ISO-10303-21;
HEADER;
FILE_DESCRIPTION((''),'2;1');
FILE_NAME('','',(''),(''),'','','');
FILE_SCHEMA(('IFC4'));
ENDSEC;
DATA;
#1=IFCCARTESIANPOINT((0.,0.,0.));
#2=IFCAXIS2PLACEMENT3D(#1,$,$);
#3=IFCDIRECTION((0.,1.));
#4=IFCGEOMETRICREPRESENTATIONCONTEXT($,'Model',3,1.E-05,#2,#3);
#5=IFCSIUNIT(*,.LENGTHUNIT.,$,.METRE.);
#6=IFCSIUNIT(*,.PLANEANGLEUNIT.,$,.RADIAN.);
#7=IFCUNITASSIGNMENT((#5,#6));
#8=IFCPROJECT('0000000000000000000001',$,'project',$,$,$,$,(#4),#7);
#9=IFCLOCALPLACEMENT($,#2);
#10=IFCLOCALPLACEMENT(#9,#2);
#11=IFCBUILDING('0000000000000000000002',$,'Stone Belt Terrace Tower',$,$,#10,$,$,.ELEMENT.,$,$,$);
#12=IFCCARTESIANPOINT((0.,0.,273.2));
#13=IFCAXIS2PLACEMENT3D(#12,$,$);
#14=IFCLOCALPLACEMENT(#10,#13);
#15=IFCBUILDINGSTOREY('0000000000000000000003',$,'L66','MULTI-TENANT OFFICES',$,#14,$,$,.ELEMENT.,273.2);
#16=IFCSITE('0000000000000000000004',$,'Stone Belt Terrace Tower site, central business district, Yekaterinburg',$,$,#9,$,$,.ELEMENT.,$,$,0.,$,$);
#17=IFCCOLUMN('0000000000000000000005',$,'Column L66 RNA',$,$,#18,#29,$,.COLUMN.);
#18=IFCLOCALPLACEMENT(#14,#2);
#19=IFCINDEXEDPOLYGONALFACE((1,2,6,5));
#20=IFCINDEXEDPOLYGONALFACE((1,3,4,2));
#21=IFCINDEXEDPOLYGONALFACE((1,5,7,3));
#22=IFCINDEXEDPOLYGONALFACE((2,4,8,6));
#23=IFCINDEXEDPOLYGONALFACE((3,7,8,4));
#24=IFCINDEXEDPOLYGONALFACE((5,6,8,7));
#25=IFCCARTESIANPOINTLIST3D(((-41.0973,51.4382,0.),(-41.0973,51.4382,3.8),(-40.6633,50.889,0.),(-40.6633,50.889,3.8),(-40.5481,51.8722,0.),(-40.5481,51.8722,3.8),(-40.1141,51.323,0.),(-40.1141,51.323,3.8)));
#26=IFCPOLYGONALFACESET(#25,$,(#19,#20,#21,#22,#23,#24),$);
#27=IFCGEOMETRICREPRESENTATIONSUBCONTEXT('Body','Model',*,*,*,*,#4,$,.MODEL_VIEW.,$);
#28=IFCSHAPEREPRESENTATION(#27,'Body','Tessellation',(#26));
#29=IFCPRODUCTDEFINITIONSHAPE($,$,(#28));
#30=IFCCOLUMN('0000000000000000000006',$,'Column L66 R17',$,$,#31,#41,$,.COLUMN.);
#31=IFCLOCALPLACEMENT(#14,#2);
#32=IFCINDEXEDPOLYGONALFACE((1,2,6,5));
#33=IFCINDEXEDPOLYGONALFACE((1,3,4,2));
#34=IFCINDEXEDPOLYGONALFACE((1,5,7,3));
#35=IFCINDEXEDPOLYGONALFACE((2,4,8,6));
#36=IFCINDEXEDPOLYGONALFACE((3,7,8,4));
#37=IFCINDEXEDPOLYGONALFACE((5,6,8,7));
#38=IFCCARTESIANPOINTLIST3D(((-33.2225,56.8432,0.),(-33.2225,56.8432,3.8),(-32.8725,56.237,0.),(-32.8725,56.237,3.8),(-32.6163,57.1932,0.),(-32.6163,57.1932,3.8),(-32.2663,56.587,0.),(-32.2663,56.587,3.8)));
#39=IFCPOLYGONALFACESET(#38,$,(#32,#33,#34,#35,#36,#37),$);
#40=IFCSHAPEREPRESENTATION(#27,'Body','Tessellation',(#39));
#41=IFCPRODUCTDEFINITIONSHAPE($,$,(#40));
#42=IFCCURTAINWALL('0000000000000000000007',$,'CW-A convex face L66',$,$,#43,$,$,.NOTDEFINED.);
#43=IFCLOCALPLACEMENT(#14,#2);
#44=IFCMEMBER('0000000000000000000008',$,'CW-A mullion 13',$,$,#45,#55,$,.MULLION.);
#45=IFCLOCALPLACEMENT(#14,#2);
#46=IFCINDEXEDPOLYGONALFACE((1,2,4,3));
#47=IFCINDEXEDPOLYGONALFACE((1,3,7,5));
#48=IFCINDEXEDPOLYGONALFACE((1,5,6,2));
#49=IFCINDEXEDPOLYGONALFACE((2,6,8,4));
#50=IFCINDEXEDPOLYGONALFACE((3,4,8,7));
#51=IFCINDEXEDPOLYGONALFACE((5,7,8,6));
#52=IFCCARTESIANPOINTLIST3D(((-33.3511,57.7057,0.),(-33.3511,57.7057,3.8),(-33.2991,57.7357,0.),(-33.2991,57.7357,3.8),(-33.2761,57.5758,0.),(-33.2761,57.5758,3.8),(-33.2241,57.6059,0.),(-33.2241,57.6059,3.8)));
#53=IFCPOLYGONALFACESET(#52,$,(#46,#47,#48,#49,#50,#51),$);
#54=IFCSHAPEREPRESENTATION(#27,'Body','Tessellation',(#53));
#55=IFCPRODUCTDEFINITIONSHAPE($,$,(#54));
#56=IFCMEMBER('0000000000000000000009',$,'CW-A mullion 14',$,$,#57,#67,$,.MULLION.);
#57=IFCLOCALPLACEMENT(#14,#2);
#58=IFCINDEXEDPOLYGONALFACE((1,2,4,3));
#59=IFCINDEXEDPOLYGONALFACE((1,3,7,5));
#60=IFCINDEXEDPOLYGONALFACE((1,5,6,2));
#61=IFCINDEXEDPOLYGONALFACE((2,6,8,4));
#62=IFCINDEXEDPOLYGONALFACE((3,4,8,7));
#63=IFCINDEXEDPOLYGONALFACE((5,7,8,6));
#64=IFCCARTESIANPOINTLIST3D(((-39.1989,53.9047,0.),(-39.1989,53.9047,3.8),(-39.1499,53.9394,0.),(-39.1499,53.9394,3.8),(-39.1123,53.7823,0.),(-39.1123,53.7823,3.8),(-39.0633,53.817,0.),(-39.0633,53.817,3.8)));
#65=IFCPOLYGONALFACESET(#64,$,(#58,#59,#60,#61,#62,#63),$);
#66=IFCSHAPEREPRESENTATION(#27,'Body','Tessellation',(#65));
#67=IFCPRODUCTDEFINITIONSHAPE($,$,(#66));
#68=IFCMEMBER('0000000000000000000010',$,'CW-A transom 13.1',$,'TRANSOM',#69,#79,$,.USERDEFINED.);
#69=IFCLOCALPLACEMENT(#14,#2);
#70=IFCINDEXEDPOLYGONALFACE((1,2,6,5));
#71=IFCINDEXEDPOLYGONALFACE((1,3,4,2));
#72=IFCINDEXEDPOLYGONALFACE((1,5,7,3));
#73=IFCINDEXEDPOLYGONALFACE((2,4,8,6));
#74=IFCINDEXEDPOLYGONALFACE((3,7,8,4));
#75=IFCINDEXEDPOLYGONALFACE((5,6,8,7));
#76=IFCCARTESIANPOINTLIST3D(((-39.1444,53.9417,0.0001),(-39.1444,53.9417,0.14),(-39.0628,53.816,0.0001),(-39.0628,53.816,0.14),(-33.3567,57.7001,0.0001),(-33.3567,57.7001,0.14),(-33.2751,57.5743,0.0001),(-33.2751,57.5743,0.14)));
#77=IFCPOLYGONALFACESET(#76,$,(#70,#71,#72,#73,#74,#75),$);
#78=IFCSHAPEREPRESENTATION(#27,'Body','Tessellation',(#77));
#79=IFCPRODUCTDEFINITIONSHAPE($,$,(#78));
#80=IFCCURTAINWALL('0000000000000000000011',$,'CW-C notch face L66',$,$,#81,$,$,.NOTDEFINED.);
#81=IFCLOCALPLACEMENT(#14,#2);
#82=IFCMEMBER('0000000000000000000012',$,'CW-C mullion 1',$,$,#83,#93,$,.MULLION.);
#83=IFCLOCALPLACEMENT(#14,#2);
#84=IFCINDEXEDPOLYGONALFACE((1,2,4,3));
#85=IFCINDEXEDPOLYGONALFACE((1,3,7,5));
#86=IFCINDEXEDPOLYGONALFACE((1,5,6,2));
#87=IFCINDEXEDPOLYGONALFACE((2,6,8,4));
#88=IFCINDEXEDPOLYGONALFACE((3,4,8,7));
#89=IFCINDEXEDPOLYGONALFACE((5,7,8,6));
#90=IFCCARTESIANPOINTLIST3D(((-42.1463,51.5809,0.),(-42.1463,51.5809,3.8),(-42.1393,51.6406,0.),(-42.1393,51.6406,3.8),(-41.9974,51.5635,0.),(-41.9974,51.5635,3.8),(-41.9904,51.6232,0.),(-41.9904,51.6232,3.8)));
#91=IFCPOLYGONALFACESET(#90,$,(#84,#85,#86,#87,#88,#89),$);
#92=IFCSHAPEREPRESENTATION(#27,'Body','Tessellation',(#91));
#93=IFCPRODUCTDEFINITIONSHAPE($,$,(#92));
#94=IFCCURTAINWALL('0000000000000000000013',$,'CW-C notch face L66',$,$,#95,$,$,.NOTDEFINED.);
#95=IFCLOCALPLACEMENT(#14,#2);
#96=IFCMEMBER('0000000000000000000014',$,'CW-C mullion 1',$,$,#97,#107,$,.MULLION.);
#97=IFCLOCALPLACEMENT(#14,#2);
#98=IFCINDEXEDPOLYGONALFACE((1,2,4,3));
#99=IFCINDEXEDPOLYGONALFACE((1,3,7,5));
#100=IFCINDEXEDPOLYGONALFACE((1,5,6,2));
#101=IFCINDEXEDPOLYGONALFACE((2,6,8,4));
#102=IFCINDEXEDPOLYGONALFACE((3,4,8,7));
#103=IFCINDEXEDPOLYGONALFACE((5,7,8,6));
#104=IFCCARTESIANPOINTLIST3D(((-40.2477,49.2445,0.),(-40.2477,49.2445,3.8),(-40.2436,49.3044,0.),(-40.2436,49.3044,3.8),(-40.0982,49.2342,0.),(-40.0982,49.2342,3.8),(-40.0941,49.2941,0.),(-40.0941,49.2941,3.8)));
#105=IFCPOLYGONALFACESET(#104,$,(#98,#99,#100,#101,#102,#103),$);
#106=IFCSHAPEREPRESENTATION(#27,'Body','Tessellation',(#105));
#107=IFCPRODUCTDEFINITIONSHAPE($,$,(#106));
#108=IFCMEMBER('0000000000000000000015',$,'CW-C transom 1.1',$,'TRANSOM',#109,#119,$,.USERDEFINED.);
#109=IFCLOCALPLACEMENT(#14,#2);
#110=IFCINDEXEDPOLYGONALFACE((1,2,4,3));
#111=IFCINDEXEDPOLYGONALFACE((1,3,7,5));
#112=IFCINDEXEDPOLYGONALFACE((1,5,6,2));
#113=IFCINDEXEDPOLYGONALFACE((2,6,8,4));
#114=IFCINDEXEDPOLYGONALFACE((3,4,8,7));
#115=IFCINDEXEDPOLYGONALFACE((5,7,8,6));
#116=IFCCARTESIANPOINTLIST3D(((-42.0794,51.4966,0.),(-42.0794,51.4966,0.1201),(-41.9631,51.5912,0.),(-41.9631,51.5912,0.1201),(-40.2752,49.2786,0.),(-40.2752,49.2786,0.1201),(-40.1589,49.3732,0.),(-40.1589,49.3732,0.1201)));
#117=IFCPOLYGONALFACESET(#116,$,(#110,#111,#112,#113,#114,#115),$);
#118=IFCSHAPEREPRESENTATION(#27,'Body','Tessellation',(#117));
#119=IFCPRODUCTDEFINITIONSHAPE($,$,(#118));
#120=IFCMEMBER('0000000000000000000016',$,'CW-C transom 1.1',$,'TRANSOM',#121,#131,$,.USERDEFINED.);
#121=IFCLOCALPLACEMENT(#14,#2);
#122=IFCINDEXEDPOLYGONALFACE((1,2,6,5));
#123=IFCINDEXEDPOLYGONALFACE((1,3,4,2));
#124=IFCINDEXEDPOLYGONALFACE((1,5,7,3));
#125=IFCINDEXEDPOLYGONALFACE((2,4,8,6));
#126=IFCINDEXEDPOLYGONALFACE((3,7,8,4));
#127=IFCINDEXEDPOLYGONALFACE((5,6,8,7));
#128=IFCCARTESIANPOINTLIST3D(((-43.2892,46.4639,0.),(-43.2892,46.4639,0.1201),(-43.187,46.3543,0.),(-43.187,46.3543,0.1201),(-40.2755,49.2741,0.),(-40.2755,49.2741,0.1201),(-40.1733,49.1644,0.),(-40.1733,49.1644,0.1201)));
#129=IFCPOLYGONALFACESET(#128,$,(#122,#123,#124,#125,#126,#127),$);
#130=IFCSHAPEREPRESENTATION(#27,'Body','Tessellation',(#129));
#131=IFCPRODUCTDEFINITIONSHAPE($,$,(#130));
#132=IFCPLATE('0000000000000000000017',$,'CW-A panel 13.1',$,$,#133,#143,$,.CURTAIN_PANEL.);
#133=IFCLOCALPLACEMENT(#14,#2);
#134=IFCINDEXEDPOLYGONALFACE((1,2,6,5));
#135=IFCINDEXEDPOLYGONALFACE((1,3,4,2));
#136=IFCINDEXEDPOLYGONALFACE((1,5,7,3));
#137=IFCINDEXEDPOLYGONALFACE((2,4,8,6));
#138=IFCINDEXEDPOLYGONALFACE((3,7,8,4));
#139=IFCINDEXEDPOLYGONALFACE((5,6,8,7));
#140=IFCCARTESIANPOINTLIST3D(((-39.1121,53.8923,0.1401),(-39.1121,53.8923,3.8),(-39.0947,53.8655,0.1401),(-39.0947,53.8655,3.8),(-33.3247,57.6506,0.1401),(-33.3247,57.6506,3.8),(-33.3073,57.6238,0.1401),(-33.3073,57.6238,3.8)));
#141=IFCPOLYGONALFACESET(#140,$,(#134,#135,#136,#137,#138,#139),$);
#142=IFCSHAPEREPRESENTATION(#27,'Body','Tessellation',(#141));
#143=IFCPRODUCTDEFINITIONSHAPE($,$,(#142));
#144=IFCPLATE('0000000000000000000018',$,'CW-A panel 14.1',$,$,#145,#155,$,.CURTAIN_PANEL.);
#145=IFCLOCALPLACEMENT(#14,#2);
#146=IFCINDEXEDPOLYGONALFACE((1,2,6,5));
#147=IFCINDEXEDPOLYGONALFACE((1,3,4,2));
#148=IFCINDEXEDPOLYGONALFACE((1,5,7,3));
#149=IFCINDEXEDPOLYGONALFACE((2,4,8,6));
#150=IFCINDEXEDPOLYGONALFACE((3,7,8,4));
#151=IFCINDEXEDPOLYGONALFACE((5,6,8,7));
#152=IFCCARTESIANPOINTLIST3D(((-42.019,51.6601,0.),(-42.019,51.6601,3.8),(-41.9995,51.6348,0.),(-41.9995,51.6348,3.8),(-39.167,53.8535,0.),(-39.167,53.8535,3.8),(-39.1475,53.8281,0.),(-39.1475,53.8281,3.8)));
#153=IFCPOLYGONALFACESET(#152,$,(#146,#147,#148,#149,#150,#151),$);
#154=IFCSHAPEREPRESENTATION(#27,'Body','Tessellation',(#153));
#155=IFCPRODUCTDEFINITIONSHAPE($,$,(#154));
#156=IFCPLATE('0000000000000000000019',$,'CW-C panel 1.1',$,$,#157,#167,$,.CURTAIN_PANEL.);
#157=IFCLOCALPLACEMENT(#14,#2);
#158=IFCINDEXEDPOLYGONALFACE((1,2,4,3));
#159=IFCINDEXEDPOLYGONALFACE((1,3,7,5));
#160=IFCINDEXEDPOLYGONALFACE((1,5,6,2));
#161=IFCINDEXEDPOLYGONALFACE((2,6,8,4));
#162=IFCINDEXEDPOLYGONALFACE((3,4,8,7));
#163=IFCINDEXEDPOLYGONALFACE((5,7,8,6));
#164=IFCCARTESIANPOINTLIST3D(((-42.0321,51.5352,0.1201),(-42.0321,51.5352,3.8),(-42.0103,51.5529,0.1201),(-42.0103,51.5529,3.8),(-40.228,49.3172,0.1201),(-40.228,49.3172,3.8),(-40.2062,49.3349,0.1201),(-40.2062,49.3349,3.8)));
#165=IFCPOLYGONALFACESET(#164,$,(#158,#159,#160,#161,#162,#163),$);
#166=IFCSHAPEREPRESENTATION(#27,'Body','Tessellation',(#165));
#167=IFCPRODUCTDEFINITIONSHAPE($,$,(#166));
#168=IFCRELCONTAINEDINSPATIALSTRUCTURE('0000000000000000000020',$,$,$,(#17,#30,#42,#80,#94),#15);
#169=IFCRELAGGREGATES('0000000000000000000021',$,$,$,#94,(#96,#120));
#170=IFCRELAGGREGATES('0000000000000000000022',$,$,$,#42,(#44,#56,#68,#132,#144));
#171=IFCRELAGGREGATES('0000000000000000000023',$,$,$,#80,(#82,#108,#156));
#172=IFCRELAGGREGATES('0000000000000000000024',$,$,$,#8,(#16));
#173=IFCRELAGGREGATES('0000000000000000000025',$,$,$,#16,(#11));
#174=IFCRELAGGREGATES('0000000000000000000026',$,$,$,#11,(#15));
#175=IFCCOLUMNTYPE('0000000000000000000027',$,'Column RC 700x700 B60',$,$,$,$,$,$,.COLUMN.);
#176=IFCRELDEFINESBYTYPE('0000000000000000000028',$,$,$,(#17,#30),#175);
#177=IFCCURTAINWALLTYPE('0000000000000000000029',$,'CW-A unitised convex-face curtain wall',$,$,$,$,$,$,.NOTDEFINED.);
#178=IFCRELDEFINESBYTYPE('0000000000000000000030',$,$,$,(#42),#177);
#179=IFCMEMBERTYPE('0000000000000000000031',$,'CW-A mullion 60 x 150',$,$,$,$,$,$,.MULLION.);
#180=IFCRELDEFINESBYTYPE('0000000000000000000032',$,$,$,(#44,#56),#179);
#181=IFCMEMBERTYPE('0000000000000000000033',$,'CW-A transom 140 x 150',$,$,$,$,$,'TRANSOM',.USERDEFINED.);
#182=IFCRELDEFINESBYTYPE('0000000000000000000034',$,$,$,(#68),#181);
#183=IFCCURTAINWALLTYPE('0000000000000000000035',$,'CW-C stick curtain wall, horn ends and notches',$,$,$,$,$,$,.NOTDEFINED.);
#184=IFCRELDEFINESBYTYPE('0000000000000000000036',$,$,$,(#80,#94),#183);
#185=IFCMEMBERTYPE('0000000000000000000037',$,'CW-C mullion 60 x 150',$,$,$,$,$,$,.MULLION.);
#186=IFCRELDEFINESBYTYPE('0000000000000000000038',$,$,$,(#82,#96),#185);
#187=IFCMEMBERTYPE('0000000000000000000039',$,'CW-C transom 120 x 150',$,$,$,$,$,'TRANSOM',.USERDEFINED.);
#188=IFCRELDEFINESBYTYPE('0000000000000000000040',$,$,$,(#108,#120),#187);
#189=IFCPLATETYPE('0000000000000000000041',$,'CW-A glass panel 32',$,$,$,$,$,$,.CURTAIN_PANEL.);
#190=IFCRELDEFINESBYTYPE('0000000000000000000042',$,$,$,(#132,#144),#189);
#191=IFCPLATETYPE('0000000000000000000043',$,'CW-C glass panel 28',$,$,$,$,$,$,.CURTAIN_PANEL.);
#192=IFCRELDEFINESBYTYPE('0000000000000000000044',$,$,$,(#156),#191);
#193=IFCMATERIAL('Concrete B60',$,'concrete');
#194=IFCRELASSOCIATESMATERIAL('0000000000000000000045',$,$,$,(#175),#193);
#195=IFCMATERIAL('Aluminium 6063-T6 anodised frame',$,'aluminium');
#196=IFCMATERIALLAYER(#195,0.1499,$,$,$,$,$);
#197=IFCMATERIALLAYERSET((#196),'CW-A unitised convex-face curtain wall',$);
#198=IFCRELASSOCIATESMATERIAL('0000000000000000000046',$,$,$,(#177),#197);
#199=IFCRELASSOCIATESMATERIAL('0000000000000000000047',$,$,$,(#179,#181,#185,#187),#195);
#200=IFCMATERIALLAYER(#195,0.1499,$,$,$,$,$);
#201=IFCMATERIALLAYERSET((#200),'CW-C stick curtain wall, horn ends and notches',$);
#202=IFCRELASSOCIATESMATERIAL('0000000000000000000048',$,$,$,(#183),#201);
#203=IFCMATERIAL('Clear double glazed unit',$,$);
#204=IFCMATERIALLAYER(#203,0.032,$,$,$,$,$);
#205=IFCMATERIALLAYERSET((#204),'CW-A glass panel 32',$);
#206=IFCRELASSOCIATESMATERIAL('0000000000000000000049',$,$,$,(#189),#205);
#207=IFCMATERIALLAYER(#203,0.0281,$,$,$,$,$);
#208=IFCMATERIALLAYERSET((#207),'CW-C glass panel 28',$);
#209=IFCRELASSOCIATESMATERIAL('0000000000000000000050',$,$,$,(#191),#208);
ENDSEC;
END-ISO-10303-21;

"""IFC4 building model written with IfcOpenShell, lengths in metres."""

from ifc_helpers import new_model, si_unit, direction, frame, origin, origin_2d, place, context, subcontext, project, spatial, rectangle, extrude, material, layer, layer_set, material_profile, profile_set, type_object, element, aggregate, save


model = new_model("IFC4")

# Units and contexts
model_context = context("Model", 3, precision=1e-05, world=origin(), true_north=direction((0.0, 1.0)))
body_context = subcontext(model_context, "Body", "Model", "MODEL_VIEW")
ifc_project = project(units=[si_unit("LENGTHUNIT", "METRE"), si_unit("PLANEANGLEUNIT", "RADIAN")], contexts=[model_context])

# Site, building, storey
site_placement = place(None, origin())
site = spatial("IfcSite", under=ifc_project, at=site_placement, Name="Stone Belt Terrace Tower site, central business district, Yekaterinburg", CompositionType="ELEMENT", RefElevation=0.0)
building_placement = place(site_placement, origin())
building = spatial("IfcBuilding", under=site, at=building_placement, Name="Stone Belt Terrace Tower", CompositionType="ELEMENT")
storey_placement = place(building_placement, frame((0.0, 0.0, 273.2)))
storey = spatial("IfcBuildingStorey", under=building, at=storey_placement, Name="L66", Description="MULTI-TENANT OFFICES", CompositionType="ELEMENT", Elevation=273.2)

# Columns
ifc_material_1 = material(Name="Concrete B60", Category="concrete")
ifc_material_profile_1 = material_profile(ifc_material_1, rectangle(XDim=0.7, YDim=0.7, at=origin_2d()), Name="RC 700x700")
ifc_profile_set_1 = profile_set([ifc_material_profile_1], Name="Concrete B60")
column_type = type_object("IfcColumnType", Name="Column RC 700x700 B60", PredefinedType="COLUMN", material=ifc_profile_set_1)
for number, where, z_axis, x_axis, name in (
    (1, (-40.6057, 51.3806, 0.0), (0.0, 0.0, 1.0), (0.78457, 0.620041, 0.0), "Column L66 RNA"),
    (2, (-32.7444, 56.7151, 0.0), (0.0, 0.0, 1.0), (0.866025, 0.5, 0.0), "Column L66 R17"),
):
    element("IfcColumn", number, at=place(storey_placement, frame(where, z_axis=z_axis, x_axis=x_axis)), inside=storey, type_object=column_type, Name=name, PredefinedType="COLUMN", context=body_context, shape_type="SweptSolid", body=[
        extrude(rectangle(XDim=0.7, YDim=0.7, at=origin_2d()), origin(), (0.0, 0.0, 1.0), 3.8),
    ])

# Curtain wall, members
ifc_material_2 = material(Name="Aluminium 6063-T6 anodised frame", Category="aluminium")
ifc_layer_1 = layer(ifc_material_2, 0.1499)
ifc_layer_set_1 = layer_set([ifc_layer_1], Name="CW-A unitised convex-face curtain wall")
curtain_wall_type_1 = type_object("IfcCurtainWallType", Name="CW-A unitised convex-face curtain wall", PredefinedType="NOTDEFINED", material=ifc_layer_set_1)
curtain_wall_1_placement = place(storey_placement, origin())
curtain_wall_1 = element("IfcCurtainWall", 3, at=curtain_wall_1_placement, inside=storey, type_object=curtain_wall_type_1, Name="CW-A convex face L66", PredefinedType="NOTDEFINED")
ifc_material_profile_2 = material_profile(ifc_material_2, rectangle(XDim=0.1499, YDim=0.0601, at=origin_2d()), Name="Aluminium 6063-T6 60x150")
ifc_profile_set_2 = profile_set([ifc_material_profile_2], Name="Aluminium 6063-T6 anodised frame")
member_type_1 = type_object("IfcMemberType", Name="CW-A mullion 60 x 150", PredefinedType="MULLION", material=ifc_profile_set_2)
member_1_placement = place(storey_placement, frame((-33.2876, 57.6558, 0.0), z_axis=(0.0, 0.0, 1.0), x_axis=(0.5, -0.866025, 0.0)))
member_1 = element("IfcMember", 4, at=member_1_placement, type_object=member_type_1, Name="CW-A mullion 13", PredefinedType="MULLION", context=body_context, shape_type="SweptSolid", body=[
    extrude(rectangle(XDim=0.1499, YDim=0.0601, at=origin_2d()), origin(), (0.0, 0.0, 1.0), 3.8),
])
member_2_placement = place(storey_placement, frame((-39.1311, 53.8608, 0.0), z_axis=(0.0, 0.0, 1.0), x_axis=(0.577587, -0.816329, 0.0)))
member_2 = element("IfcMember", 5, at=member_2_placement, type_object=member_type_1, Name="CW-A mullion 14", PredefinedType="MULLION", context=body_context, shape_type="SweptSolid", body=[
    extrude(rectangle(XDim=0.1499, YDim=0.0601, at=origin_2d()), origin(), (0.0, 0.0, 1.0), 3.8),
])
ifc_material_profile_3 = material_profile(ifc_material_2, rectangle(XDim=0.1499, YDim=0.1399, at=origin_2d()), Name="Aluminium 6063-T6 150x140")
ifc_profile_set_3 = profile_set([ifc_material_profile_3], Name="Aluminium 6063-T6 anodised frame")
member_type_2 = type_object("IfcMemberType", Name="CW-A transom 140 x 150", ElementType="TRANSOM", PredefinedType="USERDEFINED", material=ifc_profile_set_3)
member_3_placement = place(storey_placement, frame((-33.3159, 57.6372, 0.0701), z_axis=(-0.838684, -0.544618, 0.0), x_axis=(0.544618, -0.838684, 0.0)))
member_3 = element("IfcMember", 6, at=member_3_placement, type_object=member_type_2, Name="CW-A transom 13.1", ObjectType="TRANSOM", PredefinedType="USERDEFINED", context=body_context, shape_type="SweptSolid", body=[
    extrude(rectangle(XDim=0.1499, YDim=0.1399, at=origin_2d()), origin(), (0.0, 0.0, 1.0), 6.9009),
])

# Curtain walls, members
ifc_layer_2 = layer(ifc_material_2, 0.1499)
ifc_layer_set_2 = layer_set([ifc_layer_2], Name="CW-C stick curtain wall, horn ends and notches")
curtain_wall_type_2 = type_object("IfcCurtainWallType", Name="CW-C stick curtain wall, horn ends and notches", PredefinedType="NOTDEFINED", material=ifc_layer_set_2)
curtain_wall_2_placement = place(storey_placement, origin())
curtain_wall_2 = element("IfcCurtainWall", 7, at=curtain_wall_2_placement, inside=storey, type_object=curtain_wall_type_2, Name="CW-C notch face L66", PredefinedType="NOTDEFINED")
ifc_material_profile_4 = material_profile(ifc_material_2, rectangle(XDim=0.1499, YDim=0.0601, at=origin_2d()), Name="Aluminium 6063-T6 60x150")
ifc_profile_set_4 = profile_set([ifc_material_profile_4], Name="Aluminium 6063-T6 anodised frame")
member_type_3 = type_object("IfcMemberType", Name="CW-C mullion 60 x 150", PredefinedType="MULLION", material=ifc_profile_set_4)
member_4_placement = place(storey_placement, frame((-42.0684, 51.6021, 0.0), z_axis=(0.0, 0.0, 1.0), x_axis=(0.993258, -0.115925, 0.0)))
member_4 = element("IfcMember", 8, at=member_4_placement, type_object=member_type_3, Name="CW-C mullion 1", PredefinedType="MULLION", context=body_context, shape_type="SweptSolid", body=[
    extrude(rectangle(XDim=0.1499, YDim=0.0601, at=origin_2d()), origin(), (0.0, 0.0, 1.0), 3.8),
])
curtain_wall_3_placement = place(storey_placement, origin())
curtain_wall_3 = element("IfcCurtainWall", 9, at=curtain_wall_3_placement, inside=storey, type_object=curtain_wall_type_2, Name="CW-C notch face L66", PredefinedType="NOTDEFINED")
member_5_placement = place(storey_placement, frame((-40.1709, 49.2693, 0.0), z_axis=(0.0, 0.0, 1.0), x_axis=(0.99764, -0.068666, 0.0)))
member_5 = element("IfcMember", 10, at=member_5_placement, type_object=member_type_3, Name="CW-C mullion 1", PredefinedType="MULLION", context=body_context, shape_type="SweptSolid", body=[
    extrude(rectangle(XDim=0.1499, YDim=0.0601, at=origin_2d()), origin(), (0.0, 0.0, 1.0), 3.8),
])

# Members
ifc_material_profile_5 = material_profile(ifc_material_2, rectangle(XDim=0.1499, YDim=0.1201, at=origin_2d()), Name="Aluminium 6063-T6 150x120")
ifc_profile_set_5 = profile_set([ifc_material_profile_5], Name="Aluminium 6063-T6 anodised frame")
member_type_4 = type_object("IfcMemberType", Name="CW-C transom 120 x 150", ElementType="TRANSOM", PredefinedType="USERDEFINED", material=ifc_profile_set_5)
member_6_placement = place(storey_placement, frame((-42.0212, 51.5439, 0.0601), z_axis=(0.631027, -0.775761, 0.0), x_axis=(0.775761, 0.631027, 0.0)))
member_6 = element("IfcMember", 11, at=member_6_placement, type_object=member_type_4, Name="CW-C transom 1.1", ObjectType="TRANSOM", PredefinedType="USERDEFINED", context=body_context, shape_type="SweptSolid", body=[
    extrude(rectangle(XDim=0.1499, YDim=0.1201, at=origin_2d()), origin(), (0.0, 0.0, 1.0), 2.8591),
])
member_7_placement = place(storey_placement, frame((-40.2244, 49.2192, 0.0601), z_axis=(-0.731382, -0.681968, 0.0), x_axis=(0.681968, -0.731382, 0.0)))
member_7 = element("IfcMember", 12, at=member_7_placement, type_object=member_type_4, Name="CW-C transom 1.1", ObjectType="TRANSOM", PredefinedType="USERDEFINED", context=body_context, shape_type="SweptSolid", body=[
    extrude(rectangle(XDim=0.1499, YDim=0.1201, at=origin_2d()), origin(), (0.0, 0.0, 1.0), 4.1206),
])
aggregate(curtain_wall_3, [member_5, member_7])

# Plates
ifc_material_3 = material(Name="Clear double glazed unit")
ifc_layer_3 = layer(ifc_material_3, 0.032)
ifc_layer_set_3 = layer_set([ifc_layer_3], Name="CW-A glass panel 32")
plate_type_1 = type_object("IfcPlateType", Name="CW-A glass panel 32", PredefinedType="CURTAIN_PANEL", material=ifc_layer_set_3)
plate_1_placement = place(storey_placement, frame((-36.2097, 55.7581, 0.1401), z_axis=(0.0, 0.0, 1.0), x_axis=(-0.838671, -0.544639, 0.0)))
plate_1 = element("IfcPlate", 13, at=plate_1_placement, type_object=plate_type_1, Name="CW-A panel 13.1", PredefinedType="CURTAIN_PANEL", context=body_context, shape_type="SweptSolid", body=[
    extrude(rectangle(XDim=6.9006, YDim=0.032, at=origin_2d()), origin(), (0.0, 0.0, 1.0), 3.6599),
])
plate_2_placement = place(storey_placement, frame((-40.5833, 52.7441, 0.0), z_axis=(0.0, 0.0, 1.0), x_axis=(-0.792694, -0.60962, 0.0)))
plate_2 = element("IfcPlate", 14, at=plate_2_placement, type_object=plate_type_1, Name="CW-A panel 14.1", PredefinedType="CURTAIN_PANEL", context=body_context, shape_type="SweptSolid", body=[
    extrude(rectangle(XDim=3.5979, YDim=0.032, at=origin_2d()), origin(), (0.0, 0.0, 1.0), 3.8),
])
aggregate(curtain_wall_1, [member_1, member_2, member_3, plate_1, plate_2])
ifc_layer_4 = layer(ifc_material_3, 0.0281)
ifc_layer_set_4 = layer_set([ifc_layer_4], Name="CW-C glass panel 28")
plate_type_2 = type_object("IfcPlateType", Name="CW-C glass panel 28", PredefinedType="CURTAIN_PANEL", material=ifc_layer_set_4)
plate_3_placement = place(storey_placement, frame((-41.1191, 50.4351, 0.1201), z_axis=(0.0, 0.0, 1.0), x_axis=(0.631001, -0.775782, 0.0)))
plate_3 = element("IfcPlate", 15, at=plate_3_placement, type_object=plate_type_2, Name="CW-C panel 1.1", PredefinedType="CURTAIN_PANEL", context=body_context, shape_type="SweptSolid", body=[
    extrude(rectangle(XDim=2.8591, YDim=0.0281, at=origin_2d()), origin(), (0.0, 0.0, 1.0), 3.6799),
])
aggregate(curtain_wall_2, [member_4, member_6, plate_3])

save(model, "model.ifc")
